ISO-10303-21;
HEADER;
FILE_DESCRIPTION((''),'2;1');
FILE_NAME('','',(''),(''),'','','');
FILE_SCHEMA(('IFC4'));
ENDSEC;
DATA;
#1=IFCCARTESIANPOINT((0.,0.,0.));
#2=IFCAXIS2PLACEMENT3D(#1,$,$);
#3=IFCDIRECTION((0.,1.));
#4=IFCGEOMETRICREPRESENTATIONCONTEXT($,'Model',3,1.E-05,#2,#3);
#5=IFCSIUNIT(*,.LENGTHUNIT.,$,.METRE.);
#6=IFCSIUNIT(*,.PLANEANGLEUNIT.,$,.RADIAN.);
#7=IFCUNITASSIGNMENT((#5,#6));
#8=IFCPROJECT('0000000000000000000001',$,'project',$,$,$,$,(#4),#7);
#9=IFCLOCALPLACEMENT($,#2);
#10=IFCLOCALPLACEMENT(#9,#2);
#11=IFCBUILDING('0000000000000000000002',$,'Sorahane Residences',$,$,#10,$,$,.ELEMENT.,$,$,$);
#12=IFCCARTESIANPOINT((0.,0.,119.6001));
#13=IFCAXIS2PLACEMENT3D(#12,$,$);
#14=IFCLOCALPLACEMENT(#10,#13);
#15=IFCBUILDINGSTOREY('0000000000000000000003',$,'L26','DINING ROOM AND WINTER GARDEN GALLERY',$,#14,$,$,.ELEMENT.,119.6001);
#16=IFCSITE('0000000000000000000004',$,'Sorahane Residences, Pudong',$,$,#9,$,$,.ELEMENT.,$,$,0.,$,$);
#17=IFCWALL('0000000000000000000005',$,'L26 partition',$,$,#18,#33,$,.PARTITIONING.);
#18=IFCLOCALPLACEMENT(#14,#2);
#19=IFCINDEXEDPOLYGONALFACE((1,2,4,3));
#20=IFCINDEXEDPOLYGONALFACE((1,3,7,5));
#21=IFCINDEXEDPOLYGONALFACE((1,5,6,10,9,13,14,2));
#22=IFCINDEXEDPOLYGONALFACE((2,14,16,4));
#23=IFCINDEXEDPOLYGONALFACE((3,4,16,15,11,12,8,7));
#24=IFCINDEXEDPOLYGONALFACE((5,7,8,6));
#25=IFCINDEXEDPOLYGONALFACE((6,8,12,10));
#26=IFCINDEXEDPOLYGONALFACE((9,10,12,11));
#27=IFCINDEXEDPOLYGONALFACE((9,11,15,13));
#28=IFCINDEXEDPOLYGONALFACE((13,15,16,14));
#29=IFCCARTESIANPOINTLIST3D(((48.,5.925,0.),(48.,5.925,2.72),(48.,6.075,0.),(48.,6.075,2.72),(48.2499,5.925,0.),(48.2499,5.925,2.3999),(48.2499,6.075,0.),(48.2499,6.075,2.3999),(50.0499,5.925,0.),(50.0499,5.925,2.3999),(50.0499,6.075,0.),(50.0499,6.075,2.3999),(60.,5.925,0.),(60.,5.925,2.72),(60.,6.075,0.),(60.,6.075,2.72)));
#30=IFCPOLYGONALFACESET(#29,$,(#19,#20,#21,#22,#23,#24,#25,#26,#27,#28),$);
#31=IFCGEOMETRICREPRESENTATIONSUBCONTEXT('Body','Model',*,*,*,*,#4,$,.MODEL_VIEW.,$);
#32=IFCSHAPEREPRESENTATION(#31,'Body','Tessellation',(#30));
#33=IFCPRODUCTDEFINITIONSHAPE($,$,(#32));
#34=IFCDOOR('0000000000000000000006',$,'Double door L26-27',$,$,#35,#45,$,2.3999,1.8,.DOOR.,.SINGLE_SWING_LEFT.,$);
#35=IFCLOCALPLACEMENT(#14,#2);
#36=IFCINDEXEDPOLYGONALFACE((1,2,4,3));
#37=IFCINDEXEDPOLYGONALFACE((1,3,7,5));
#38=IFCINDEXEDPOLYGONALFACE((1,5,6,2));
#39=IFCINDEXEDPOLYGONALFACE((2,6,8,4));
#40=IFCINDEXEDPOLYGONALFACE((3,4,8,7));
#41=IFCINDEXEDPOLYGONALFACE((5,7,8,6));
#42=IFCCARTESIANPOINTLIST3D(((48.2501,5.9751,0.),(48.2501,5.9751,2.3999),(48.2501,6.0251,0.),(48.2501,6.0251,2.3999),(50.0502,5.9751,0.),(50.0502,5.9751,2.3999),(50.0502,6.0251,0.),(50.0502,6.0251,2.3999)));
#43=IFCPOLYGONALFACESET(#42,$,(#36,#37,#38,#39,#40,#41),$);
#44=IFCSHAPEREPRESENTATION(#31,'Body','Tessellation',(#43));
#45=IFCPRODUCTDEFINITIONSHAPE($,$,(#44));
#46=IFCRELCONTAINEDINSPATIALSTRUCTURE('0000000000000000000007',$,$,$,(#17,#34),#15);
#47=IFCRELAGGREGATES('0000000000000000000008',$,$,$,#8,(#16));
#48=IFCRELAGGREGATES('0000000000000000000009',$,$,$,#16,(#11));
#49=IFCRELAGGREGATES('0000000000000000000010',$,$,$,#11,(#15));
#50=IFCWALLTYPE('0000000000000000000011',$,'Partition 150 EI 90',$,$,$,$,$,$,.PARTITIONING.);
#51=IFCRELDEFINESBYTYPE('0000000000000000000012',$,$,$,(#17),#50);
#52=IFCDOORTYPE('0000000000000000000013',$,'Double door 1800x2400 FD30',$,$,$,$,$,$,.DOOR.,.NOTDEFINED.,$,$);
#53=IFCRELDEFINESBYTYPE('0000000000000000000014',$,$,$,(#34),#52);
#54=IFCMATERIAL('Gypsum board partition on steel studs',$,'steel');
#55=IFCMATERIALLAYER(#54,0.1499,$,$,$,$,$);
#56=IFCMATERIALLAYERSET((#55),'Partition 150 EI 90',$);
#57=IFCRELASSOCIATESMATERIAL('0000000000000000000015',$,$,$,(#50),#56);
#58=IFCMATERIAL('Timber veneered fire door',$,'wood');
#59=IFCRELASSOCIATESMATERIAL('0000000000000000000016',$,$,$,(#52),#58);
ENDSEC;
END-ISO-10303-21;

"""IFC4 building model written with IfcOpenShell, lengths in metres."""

from ifc_helpers import new_model, si_unit, direction, frame, frame_2d, origin, place, context, subcontext, project, spatial, rectangle, extrude, material, layer, layer_set, type_object, element, fill, save


model = new_model("IFC4")

# Units and contexts
model_context = context("Model", 3, precision=1e-05, world=origin(), true_north=direction((0.0, 1.0)))
body_context = subcontext(model_context, "Body", "Model", "MODEL_VIEW")
ifc_project = project(units=[si_unit("LENGTHUNIT", "METRE"), si_unit("PLANEANGLEUNIT", "RADIAN")], contexts=[model_context])

# Site, building, storey
site_placement = place(None, origin())
site = spatial("IfcSite", under=ifc_project, at=site_placement, Name="Sorahane Residences, Pudong", CompositionType="ELEMENT", RefElevation=0.0)
building_placement = place(site_placement, origin())
building = spatial("IfcBuilding", under=site, at=building_placement, Name="Sorahane Residences", CompositionType="ELEMENT")
storey_placement = place(building_placement, frame((0.0, 0.0, 119.6001)))
storey = spatial("IfcBuildingStorey", under=building, at=storey_placement, Name="L26", Description="DINING ROOM AND WINTER GARDEN GALLERY", CompositionType="ELEMENT", Elevation=119.6001)

# Shared definitions
ifc_material_1 = material(Name="Gypsum board partition on steel studs", Category="steel")
ifc_layer_1 = layer(ifc_material_1, 0.1499)
ifc_layer_set_1 = layer_set([ifc_layer_1], Name="Partition 150 EI 90")
wall_type = type_object("IfcWallType", Name="Partition 150 EI 90", PredefinedType="PARTITIONING", material=ifc_layer_set_1)

# Wall, opening, door
wall_1_placement = place(storey_placement, frame((48.0, 6.0, 0.0), z_axis=(0.0, 0.0, 1.0), x_axis=(1.0, 0.0, 0.0)))
wall_1 = element("IfcWall", 1, at=wall_1_placement, inside=storey, type_object=wall_type, Name="L26 partition", PredefinedType="PARTITIONING", context=body_context, shape_type="SweptSolid", body=[
    extrude(rectangle(XDim=12.0, YDim=0.1499, at=frame_2d((6.0, 0.0))), origin(), (0.0, 0.0, 1.0), 2.72),
])
opening_placement = place(wall_1_placement, frame((0.25, 0.0, 0.0)))
opening = element("IfcOpeningElement", 2, at=opening_placement, cuts=wall_1, PredefinedType="OPENING", context=body_context, shape_type="SweptSolid", body=[
    extrude(rectangle(XDim=1.8, YDim=2.3999, at=frame_2d((0.8999, 1.2))), frame((0.0, 0.085, 0.0), z_axis=(0.0, -1.0, 0.0), x_axis=(1.0, 0.0, 0.0)), (0.0, 0.0, 1.0), 0.1699),
])
ifc_material_2 = material(Name="Timber veneered fire door", Category="wood")
door_type = type_object("IfcDoorType", Name="Double door 1800x2400 FD30", OperationType="NOTDEFINED", PredefinedType="DOOR", material=ifc_material_2)
door_placement = place(opening_placement, frame((1.8, 0.0, 0.0), z_axis=(0.0, 0.0, 1.0), x_axis=(-1.0, 0.0, 0.0)))
door = element("IfcDoor", 3, at=door_placement, inside=storey, type_object=door_type, Name="Double door L26-27", OperationType="SINGLE_SWING_LEFT", OverallHeight=2.3999, OverallWidth=1.8, PredefinedType="DOOR", context=body_context, shape_type="SweptSolid", body=[
    extrude(rectangle(XDim=1.8, YDim=2.3999, at=frame_2d((0.8999, 1.2))), frame((0.0, 0.0249, 0.0), z_axis=(0.0, -1.0, 0.0), x_axis=(1.0, 0.0, 0.0)), (0.0, 0.0, 1.0), 0.05),
])
fill(opening, door)

save(model, "model.ifc")
